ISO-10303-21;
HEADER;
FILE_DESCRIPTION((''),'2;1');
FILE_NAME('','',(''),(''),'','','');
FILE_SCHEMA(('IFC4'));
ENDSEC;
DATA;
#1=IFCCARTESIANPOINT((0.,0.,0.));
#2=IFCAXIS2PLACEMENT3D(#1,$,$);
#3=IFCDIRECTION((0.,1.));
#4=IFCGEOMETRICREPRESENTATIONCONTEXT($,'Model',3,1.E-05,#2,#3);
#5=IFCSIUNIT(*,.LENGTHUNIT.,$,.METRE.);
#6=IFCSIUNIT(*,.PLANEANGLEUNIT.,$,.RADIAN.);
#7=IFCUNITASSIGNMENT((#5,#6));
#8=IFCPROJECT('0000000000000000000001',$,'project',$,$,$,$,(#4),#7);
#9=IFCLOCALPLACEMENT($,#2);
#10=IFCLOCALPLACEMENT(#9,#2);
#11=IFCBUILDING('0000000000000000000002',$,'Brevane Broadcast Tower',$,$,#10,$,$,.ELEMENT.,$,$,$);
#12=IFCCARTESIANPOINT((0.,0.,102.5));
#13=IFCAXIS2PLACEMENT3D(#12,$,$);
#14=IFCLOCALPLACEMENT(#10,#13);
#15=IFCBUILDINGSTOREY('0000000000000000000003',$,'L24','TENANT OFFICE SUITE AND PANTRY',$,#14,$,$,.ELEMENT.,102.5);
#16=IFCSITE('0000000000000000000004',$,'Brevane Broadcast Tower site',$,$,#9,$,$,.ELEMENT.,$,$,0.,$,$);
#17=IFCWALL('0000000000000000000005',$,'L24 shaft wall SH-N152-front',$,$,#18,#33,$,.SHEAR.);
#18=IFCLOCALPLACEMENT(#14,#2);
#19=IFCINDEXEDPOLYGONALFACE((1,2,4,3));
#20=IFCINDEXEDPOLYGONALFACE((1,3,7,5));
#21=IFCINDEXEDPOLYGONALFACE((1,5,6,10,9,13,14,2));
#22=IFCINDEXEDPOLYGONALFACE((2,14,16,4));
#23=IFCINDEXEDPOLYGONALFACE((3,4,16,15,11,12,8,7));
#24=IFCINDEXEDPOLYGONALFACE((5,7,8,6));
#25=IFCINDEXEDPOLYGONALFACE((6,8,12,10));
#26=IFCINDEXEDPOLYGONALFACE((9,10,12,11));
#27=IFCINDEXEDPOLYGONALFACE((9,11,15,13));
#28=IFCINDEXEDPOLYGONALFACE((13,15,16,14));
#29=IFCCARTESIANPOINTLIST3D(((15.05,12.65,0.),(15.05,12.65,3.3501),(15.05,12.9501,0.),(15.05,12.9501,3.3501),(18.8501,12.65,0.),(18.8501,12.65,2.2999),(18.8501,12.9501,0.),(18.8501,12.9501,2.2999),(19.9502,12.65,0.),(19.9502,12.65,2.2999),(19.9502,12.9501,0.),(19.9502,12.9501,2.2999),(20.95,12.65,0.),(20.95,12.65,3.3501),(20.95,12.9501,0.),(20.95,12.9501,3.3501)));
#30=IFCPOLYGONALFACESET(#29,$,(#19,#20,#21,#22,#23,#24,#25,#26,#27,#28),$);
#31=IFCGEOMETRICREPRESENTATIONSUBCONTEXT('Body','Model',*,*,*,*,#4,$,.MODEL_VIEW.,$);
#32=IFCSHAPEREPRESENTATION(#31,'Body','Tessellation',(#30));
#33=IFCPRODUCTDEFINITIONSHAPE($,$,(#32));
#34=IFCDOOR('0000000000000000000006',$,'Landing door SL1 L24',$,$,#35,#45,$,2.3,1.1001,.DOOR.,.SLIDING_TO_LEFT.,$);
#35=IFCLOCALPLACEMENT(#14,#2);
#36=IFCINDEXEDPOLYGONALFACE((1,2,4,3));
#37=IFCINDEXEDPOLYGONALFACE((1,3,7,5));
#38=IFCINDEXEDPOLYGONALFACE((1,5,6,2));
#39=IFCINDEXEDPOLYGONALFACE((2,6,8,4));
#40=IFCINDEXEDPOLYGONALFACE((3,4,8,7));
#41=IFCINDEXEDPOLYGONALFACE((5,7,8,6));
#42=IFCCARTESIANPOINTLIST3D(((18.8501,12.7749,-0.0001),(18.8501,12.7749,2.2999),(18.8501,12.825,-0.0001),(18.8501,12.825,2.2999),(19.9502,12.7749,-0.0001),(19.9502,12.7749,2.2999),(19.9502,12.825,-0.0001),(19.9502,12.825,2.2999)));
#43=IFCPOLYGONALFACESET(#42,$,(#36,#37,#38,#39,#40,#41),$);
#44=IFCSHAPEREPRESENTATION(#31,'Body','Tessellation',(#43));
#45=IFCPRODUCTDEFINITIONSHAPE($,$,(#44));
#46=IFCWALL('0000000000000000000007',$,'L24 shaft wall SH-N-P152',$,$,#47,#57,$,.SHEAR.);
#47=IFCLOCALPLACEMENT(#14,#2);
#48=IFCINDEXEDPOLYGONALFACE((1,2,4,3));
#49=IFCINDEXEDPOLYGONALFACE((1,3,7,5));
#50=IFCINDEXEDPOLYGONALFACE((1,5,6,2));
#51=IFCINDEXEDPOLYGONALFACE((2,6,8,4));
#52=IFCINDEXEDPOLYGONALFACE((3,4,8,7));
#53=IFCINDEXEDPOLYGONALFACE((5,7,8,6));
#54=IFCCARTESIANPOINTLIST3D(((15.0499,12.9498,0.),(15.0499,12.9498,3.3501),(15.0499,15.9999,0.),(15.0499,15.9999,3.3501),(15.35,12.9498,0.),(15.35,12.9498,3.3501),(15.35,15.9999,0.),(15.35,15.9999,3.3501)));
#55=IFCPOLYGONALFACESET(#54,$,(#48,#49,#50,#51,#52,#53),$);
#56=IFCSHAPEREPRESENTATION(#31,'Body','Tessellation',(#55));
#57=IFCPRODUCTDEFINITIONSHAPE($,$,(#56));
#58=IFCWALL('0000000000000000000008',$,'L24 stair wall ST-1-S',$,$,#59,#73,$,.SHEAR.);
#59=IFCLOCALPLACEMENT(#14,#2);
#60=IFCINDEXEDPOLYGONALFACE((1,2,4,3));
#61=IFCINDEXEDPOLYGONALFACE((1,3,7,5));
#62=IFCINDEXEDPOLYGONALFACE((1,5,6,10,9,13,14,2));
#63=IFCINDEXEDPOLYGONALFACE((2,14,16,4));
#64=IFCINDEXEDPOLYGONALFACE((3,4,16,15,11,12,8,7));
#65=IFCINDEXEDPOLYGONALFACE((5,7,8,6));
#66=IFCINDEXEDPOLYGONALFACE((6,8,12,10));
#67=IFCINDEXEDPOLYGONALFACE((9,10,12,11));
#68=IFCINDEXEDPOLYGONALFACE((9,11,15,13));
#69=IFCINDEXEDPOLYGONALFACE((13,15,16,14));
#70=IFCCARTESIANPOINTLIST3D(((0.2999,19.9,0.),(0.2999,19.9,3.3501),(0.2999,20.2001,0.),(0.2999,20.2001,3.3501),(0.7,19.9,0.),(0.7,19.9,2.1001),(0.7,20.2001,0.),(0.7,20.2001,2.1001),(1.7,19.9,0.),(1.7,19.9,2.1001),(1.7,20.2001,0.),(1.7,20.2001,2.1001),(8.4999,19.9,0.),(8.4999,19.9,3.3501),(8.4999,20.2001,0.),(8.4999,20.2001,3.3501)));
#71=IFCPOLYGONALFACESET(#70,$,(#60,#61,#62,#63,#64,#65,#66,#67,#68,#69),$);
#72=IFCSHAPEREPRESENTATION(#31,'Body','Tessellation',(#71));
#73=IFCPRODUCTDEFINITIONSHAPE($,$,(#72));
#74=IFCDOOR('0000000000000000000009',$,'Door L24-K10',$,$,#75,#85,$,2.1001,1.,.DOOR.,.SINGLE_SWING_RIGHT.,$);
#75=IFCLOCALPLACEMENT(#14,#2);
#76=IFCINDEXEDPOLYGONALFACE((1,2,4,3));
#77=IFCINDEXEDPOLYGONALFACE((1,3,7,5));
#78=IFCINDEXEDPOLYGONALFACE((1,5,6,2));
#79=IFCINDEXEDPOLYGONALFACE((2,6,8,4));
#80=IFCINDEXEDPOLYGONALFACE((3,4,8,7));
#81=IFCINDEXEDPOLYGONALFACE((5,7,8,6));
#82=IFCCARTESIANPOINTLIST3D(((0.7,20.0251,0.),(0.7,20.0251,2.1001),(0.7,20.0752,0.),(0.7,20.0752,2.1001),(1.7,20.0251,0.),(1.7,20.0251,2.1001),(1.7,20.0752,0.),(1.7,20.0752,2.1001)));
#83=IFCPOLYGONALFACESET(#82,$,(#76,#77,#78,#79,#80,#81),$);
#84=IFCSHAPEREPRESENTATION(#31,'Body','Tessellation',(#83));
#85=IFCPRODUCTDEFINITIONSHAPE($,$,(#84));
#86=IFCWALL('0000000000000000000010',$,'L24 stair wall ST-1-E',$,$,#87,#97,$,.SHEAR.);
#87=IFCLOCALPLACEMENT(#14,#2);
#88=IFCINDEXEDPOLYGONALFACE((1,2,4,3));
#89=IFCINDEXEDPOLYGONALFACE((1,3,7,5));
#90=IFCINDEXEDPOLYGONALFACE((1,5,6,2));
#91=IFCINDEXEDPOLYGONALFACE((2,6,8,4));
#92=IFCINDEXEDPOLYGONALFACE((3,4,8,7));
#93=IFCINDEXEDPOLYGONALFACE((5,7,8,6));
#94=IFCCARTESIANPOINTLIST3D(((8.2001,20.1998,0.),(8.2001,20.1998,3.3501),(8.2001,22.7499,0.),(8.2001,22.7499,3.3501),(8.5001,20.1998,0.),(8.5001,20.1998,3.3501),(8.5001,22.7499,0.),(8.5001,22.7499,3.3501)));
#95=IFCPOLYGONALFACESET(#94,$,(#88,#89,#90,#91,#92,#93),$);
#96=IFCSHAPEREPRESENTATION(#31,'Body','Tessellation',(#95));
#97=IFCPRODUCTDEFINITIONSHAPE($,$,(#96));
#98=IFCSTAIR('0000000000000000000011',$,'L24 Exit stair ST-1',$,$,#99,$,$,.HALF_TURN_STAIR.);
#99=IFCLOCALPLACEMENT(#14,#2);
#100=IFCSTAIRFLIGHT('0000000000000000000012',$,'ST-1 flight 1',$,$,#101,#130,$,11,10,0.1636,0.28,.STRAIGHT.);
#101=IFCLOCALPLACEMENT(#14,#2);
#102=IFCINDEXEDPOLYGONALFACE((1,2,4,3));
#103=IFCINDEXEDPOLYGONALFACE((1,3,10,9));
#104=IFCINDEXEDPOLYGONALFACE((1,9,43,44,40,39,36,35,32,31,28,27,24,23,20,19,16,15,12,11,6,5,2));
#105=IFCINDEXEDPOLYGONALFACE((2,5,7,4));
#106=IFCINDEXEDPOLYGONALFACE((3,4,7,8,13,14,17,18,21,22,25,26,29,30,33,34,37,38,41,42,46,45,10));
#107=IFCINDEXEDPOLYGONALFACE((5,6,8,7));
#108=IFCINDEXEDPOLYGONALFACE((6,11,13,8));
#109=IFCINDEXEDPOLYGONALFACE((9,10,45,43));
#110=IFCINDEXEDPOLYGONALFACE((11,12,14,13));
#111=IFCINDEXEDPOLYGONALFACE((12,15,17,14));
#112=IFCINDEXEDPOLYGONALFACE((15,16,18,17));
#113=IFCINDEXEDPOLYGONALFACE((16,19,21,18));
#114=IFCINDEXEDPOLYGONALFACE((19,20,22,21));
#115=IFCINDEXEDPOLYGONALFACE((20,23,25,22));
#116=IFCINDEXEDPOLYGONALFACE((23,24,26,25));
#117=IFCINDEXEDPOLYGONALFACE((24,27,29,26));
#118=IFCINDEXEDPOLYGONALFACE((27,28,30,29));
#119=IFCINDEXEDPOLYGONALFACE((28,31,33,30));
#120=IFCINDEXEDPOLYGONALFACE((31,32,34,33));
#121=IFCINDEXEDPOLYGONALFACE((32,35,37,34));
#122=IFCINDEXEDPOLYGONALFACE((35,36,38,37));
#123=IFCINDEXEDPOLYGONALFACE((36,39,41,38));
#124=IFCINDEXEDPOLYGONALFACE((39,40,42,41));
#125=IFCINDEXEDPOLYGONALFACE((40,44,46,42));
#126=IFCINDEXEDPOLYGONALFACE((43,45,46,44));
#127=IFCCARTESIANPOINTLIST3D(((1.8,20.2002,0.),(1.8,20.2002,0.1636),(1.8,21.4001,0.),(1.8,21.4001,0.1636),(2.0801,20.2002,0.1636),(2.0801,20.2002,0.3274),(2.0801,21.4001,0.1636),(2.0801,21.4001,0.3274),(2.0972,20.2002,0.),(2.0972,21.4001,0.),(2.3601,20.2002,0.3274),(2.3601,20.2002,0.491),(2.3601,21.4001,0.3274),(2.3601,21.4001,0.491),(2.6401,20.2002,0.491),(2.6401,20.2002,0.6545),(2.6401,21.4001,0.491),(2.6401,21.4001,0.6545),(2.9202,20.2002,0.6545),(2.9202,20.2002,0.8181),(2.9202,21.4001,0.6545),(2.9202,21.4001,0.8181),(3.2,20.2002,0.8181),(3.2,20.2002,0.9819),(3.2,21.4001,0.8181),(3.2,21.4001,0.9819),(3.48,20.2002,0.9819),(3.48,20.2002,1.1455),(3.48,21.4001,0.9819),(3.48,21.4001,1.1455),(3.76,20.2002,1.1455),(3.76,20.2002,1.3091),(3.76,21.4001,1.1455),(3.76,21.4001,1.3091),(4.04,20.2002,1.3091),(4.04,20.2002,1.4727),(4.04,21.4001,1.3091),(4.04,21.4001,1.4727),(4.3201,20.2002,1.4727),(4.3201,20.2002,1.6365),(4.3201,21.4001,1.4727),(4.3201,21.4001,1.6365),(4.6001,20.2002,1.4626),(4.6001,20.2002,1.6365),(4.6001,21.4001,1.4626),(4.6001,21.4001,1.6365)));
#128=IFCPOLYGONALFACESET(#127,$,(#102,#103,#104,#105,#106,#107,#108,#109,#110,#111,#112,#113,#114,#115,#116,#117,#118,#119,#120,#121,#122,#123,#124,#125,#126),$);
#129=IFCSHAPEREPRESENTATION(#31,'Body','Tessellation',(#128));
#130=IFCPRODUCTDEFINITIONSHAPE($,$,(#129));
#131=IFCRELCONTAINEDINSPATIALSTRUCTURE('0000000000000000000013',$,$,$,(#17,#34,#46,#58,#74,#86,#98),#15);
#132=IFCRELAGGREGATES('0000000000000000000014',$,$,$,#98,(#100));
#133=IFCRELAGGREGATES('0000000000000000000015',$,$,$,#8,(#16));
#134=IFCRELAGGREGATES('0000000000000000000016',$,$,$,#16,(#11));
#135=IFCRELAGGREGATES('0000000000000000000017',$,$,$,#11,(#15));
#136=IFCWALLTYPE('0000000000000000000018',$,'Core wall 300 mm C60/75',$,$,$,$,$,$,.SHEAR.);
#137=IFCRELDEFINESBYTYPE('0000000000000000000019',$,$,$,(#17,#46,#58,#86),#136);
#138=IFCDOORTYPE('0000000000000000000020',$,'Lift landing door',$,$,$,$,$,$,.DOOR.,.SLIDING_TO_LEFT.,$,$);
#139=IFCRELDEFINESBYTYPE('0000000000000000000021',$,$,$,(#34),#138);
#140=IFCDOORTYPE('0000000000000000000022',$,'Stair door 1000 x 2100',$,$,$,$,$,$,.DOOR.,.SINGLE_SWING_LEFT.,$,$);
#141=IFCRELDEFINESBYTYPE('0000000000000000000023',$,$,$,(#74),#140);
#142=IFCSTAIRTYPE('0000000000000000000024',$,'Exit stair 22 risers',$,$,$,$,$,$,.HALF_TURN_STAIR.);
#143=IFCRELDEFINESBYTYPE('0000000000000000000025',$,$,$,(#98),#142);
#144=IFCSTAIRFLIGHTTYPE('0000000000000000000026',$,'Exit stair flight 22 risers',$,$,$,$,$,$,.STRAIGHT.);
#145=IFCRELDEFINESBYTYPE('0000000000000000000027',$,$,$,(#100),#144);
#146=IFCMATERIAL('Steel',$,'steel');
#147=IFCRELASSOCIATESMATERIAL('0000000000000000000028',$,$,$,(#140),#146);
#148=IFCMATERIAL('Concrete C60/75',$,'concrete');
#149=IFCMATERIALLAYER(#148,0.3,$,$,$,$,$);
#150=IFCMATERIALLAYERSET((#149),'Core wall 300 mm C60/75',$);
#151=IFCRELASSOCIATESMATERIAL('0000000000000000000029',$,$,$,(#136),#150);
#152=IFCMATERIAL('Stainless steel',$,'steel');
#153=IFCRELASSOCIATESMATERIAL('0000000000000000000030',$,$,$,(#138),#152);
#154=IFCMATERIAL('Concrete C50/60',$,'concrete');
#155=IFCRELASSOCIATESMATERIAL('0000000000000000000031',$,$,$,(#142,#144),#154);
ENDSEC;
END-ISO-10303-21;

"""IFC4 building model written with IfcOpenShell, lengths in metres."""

from ifc_helpers import new_model, si_unit, direction, frame, frame_2d, origin, place, context, subcontext, project, spatial, polyline, rectangle, outline, extrude, material, layer, layer_set, type_object, element, fill, aggregate, save


model = new_model("IFC4")

# Units and contexts
model_context = context("Model", 3, precision=1e-05, world=origin(), true_north=direction((0.0, 1.0)))
body_context = subcontext(model_context, "Body", "Model", "MODEL_VIEW")
ifc_project = project(units=[si_unit("LENGTHUNIT", "METRE"), si_unit("PLANEANGLEUNIT", "RADIAN")], contexts=[model_context])

# Site, building, storey
site_placement = place(None, origin())
site = spatial("IfcSite", under=ifc_project, at=site_placement, Name="Brevane Broadcast Tower site", CompositionType="ELEMENT", RefElevation=0.0)
building_placement = place(site_placement, origin())
building = spatial("IfcBuilding", under=site, at=building_placement, Name="Brevane Broadcast Tower", CompositionType="ELEMENT")
storey_placement = place(building_placement, frame((0.0, 0.0, 102.5)))
storey = spatial("IfcBuildingStorey", under=building, at=storey_placement, Name="L24", Description="TENANT OFFICE SUITE AND PANTRY", CompositionType="ELEMENT", Elevation=102.5)

# Shared definitions
ifc_material_1 = material(Name="Steel", Category="steel")
door_type_1 = type_object("IfcDoorType", Name="Stair door 1000 x 2100", OperationType="SINGLE_SWING_LEFT", PredefinedType="DOOR", material=ifc_material_1)

# Shared definitions
ifc_material_2 = material(Name="Concrete C60/75", Category="concrete")
ifc_layer_1 = layer(ifc_material_2, 0.3)
ifc_layer_set_1 = layer_set([ifc_layer_1], Name="Core wall 300 mm C60/75")
wall_type_1 = type_object("IfcWallType", Name="Core wall 300 mm C60/75", PredefinedType="SHEAR", material=ifc_layer_set_1)

# Wall, opening, door
wall_1_placement = place(storey_placement, frame((15.05, 12.8, 0.0), z_axis=(0.0, 0.0, 1.0), x_axis=(1.0, 0.0, 0.0)))
wall_1 = element("IfcWall", 1, at=wall_1_placement, inside=storey, type_object=wall_type_1, Name="L24 shaft wall SH-N152-front", PredefinedType="SHEAR", context=body_context, shape_type="SweptSolid", body=[
    extrude(rectangle(XDim=5.8999, YDim=0.3, at=frame_2d((2.95, 0.0))), origin(), (0.0, 0.0, 1.0), 3.3501),
])
opening_1_placement = place(wall_1_placement, frame((3.8, 0.0, 0.0)))
opening_1 = element("IfcOpeningElement", 2, at=opening_1_placement, cuts=wall_1, PredefinedType="OPENING", context=body_context, shape_type="SweptSolid", body=[
    extrude(rectangle(XDim=1.1001, YDim=2.3, at=frame_2d((0.55, 1.1499))), frame((0.0, 0.1599, 0.0), z_axis=(0.0, -1.0, 0.0), x_axis=(1.0, 0.0, 0.0)), (0.0, 0.0, 1.0), 0.3201),
])
ifc_material_3 = material(Name="Stainless steel", Category="steel")
door_type_2 = type_object("IfcDoorType", Name="Lift landing door", OperationType="SLIDING_TO_LEFT", PredefinedType="DOOR", material=ifc_material_3)
door_1_placement = place(opening_1_placement, origin())
door_1 = element("IfcDoor", 3, at=door_1_placement, inside=storey, type_object=door_type_2, Name="Landing door SL1 L24", OperationType="SLIDING_TO_LEFT", OverallHeight=2.3, OverallWidth=1.1001, PredefinedType="DOOR", context=body_context, shape_type="SweptSolid", body=[
    extrude(rectangle(XDim=1.1001, YDim=2.3, at=frame_2d((0.55, 1.1499))), frame((0.0, 0.0249, 0.0), z_axis=(0.0, -1.0, 0.0), x_axis=(1.0, 0.0, 0.0)), (0.0, 0.0, 1.0), 0.05),
])
fill(opening_1, door_1)

# Wall
wall_2_placement = place(storey_placement, frame((15.2, 12.95, 0.0), z_axis=(0.0, 0.0, 1.0), x_axis=(0.0, 1.0, 0.0)))
element("IfcWall", 4, at=wall_2_placement, inside=storey, type_object=wall_type_1, Name="L24 shaft wall SH-N-P152", PredefinedType="SHEAR", context=body_context, shape_type="SweptSolid", body=[
    extrude(rectangle(XDim=3.05, YDim=0.3, at=frame_2d((1.5249, 0.0))), origin(), (0.0, 0.0, 1.0), 3.3501),
])

# Wall, opening, door
wall_3_placement = place(storey_placement, frame((8.5, 20.05, 0.0), z_axis=(0.0, 0.0, 1.0), x_axis=(-1.0, 0.0, 0.0)))
wall_3 = element("IfcWall", 5, at=wall_3_placement, inside=storey, type_object=wall_type_1, Name="L24 stair wall ST-1-S", PredefinedType="SHEAR", context=body_context, shape_type="SweptSolid", body=[
    extrude(rectangle(XDim=8.2, YDim=0.3, at=frame_2d((4.1001, 0.0))), origin(), (0.0, 0.0, 1.0), 3.3501),
])
opening_2_placement = place(wall_3_placement, frame((6.8, 0.0, 0.0)))
opening_2 = element("IfcOpeningElement", 6, at=opening_2_placement, cuts=wall_3, PredefinedType="OPENING", context=body_context, shape_type="SweptSolid", body=[
    extrude(rectangle(XDim=1.0, YDim=2.1001, at=frame_2d((0.5, 1.05))), frame((0.0, 0.1599, 0.0), z_axis=(0.0, -1.0, 0.0), x_axis=(1.0, 0.0, 0.0)), (0.0, 0.0, 1.0), 0.3201),
])
door_2_placement = place(opening_2_placement, origin())
door_2 = element("IfcDoor", 7, at=door_2_placement, inside=storey, type_object=door_type_1, Name="Door L24-K10", OperationType="SINGLE_SWING_RIGHT", OverallHeight=2.1001, OverallWidth=1.0, PredefinedType="DOOR", context=body_context, shape_type="SweptSolid", body=[
    extrude(rectangle(XDim=1.0, YDim=2.1001, at=frame_2d((0.5, 1.05))), frame((0.0, 0.0249, 0.0), z_axis=(0.0, -1.0, 0.0), x_axis=(1.0, 0.0, 0.0)), (0.0, 0.0, 1.0), 0.05),
])
fill(opening_2, door_2)

# Wall
wall_4_placement = place(storey_placement, frame((8.3501, 20.2, 0.0), z_axis=(0.0, 0.0, 1.0), x_axis=(0.0, 1.0, 0.0)))
element("IfcWall", 8, at=wall_4_placement, inside=storey, type_object=wall_type_1, Name="L24 stair wall ST-1-E", PredefinedType="SHEAR", context=body_context, shape_type="SweptSolid", body=[
    extrude(rectangle(XDim=2.55, YDim=0.3, at=frame_2d((1.2749, 0.0))), origin(), (0.0, 0.0, 1.0), 3.3501),
])

# Stair, stair flight
ifc_material_4 = material(Name="Concrete C50/60", Category="concrete")
stair_type = type_object("IfcStairType", Name="Exit stair 22 risers", PredefinedType="HALF_TURN_STAIR", material=ifc_material_4)
stair_placement = place(storey_placement, origin())
stair = element("IfcStair", 9, at=stair_placement, inside=storey, type_object=stair_type, Name="L24 Exit stair ST-1", PredefinedType="HALF_TURN_STAIR")
stair_flight_type = type_object("IfcStairFlightType", Name="Exit stair flight 22 risers", PredefinedType="STRAIGHT", material=ifc_material_4)
stair_flight_placement = place(storey_placement, frame((1.8, 20.8, 0.0), z_axis=(0.0, 0.0, 1.0), x_axis=(1.0, 0.0, 0.0)))
stair_flight = element("IfcStairFlight", 10, at=stair_flight_placement, type_object=stair_flight_type, Name="ST-1 flight 1", NumberOfRisers=11, NumberOfTreads=10, PredefinedType="STRAIGHT", RiserHeight=0.1636, TreadLength=0.28, context=body_context, shape_type="SweptSolid", body=[
    extrude(outline(polyline([(0.0, 0.0), (0.0, 0.1636), (0.28, 0.1636), (0.28, 0.3274), (0.5601, 0.3274), (0.5601, 0.491), (0.8401, 0.491), (0.8401, 0.6545), (1.1201, 0.6545), (1.1201, 0.8181), (1.3999, 0.8181), (1.3999, 0.9819), (1.6799, 0.9819), (1.6799, 1.1455), (1.96, 1.1455), (1.96, 1.3091), (2.24, 1.3091), (2.24, 1.4727), (2.52, 1.4727), (2.52, 1.6365), (2.8, 1.6365), (2.8, 1.8), (2.8, 1.4626), (0.2971, 0.0), (0.0, 0.0)])), frame((0.0, 0.6001, 0.0), z_axis=(0.0, -1.0, 0.0), x_axis=(1.0, 0.0, 0.0)), (0.0, 0.0, 1.0), 1.2),
])
aggregate(stair, [stair_flight])

save(model, "model.ifc")
